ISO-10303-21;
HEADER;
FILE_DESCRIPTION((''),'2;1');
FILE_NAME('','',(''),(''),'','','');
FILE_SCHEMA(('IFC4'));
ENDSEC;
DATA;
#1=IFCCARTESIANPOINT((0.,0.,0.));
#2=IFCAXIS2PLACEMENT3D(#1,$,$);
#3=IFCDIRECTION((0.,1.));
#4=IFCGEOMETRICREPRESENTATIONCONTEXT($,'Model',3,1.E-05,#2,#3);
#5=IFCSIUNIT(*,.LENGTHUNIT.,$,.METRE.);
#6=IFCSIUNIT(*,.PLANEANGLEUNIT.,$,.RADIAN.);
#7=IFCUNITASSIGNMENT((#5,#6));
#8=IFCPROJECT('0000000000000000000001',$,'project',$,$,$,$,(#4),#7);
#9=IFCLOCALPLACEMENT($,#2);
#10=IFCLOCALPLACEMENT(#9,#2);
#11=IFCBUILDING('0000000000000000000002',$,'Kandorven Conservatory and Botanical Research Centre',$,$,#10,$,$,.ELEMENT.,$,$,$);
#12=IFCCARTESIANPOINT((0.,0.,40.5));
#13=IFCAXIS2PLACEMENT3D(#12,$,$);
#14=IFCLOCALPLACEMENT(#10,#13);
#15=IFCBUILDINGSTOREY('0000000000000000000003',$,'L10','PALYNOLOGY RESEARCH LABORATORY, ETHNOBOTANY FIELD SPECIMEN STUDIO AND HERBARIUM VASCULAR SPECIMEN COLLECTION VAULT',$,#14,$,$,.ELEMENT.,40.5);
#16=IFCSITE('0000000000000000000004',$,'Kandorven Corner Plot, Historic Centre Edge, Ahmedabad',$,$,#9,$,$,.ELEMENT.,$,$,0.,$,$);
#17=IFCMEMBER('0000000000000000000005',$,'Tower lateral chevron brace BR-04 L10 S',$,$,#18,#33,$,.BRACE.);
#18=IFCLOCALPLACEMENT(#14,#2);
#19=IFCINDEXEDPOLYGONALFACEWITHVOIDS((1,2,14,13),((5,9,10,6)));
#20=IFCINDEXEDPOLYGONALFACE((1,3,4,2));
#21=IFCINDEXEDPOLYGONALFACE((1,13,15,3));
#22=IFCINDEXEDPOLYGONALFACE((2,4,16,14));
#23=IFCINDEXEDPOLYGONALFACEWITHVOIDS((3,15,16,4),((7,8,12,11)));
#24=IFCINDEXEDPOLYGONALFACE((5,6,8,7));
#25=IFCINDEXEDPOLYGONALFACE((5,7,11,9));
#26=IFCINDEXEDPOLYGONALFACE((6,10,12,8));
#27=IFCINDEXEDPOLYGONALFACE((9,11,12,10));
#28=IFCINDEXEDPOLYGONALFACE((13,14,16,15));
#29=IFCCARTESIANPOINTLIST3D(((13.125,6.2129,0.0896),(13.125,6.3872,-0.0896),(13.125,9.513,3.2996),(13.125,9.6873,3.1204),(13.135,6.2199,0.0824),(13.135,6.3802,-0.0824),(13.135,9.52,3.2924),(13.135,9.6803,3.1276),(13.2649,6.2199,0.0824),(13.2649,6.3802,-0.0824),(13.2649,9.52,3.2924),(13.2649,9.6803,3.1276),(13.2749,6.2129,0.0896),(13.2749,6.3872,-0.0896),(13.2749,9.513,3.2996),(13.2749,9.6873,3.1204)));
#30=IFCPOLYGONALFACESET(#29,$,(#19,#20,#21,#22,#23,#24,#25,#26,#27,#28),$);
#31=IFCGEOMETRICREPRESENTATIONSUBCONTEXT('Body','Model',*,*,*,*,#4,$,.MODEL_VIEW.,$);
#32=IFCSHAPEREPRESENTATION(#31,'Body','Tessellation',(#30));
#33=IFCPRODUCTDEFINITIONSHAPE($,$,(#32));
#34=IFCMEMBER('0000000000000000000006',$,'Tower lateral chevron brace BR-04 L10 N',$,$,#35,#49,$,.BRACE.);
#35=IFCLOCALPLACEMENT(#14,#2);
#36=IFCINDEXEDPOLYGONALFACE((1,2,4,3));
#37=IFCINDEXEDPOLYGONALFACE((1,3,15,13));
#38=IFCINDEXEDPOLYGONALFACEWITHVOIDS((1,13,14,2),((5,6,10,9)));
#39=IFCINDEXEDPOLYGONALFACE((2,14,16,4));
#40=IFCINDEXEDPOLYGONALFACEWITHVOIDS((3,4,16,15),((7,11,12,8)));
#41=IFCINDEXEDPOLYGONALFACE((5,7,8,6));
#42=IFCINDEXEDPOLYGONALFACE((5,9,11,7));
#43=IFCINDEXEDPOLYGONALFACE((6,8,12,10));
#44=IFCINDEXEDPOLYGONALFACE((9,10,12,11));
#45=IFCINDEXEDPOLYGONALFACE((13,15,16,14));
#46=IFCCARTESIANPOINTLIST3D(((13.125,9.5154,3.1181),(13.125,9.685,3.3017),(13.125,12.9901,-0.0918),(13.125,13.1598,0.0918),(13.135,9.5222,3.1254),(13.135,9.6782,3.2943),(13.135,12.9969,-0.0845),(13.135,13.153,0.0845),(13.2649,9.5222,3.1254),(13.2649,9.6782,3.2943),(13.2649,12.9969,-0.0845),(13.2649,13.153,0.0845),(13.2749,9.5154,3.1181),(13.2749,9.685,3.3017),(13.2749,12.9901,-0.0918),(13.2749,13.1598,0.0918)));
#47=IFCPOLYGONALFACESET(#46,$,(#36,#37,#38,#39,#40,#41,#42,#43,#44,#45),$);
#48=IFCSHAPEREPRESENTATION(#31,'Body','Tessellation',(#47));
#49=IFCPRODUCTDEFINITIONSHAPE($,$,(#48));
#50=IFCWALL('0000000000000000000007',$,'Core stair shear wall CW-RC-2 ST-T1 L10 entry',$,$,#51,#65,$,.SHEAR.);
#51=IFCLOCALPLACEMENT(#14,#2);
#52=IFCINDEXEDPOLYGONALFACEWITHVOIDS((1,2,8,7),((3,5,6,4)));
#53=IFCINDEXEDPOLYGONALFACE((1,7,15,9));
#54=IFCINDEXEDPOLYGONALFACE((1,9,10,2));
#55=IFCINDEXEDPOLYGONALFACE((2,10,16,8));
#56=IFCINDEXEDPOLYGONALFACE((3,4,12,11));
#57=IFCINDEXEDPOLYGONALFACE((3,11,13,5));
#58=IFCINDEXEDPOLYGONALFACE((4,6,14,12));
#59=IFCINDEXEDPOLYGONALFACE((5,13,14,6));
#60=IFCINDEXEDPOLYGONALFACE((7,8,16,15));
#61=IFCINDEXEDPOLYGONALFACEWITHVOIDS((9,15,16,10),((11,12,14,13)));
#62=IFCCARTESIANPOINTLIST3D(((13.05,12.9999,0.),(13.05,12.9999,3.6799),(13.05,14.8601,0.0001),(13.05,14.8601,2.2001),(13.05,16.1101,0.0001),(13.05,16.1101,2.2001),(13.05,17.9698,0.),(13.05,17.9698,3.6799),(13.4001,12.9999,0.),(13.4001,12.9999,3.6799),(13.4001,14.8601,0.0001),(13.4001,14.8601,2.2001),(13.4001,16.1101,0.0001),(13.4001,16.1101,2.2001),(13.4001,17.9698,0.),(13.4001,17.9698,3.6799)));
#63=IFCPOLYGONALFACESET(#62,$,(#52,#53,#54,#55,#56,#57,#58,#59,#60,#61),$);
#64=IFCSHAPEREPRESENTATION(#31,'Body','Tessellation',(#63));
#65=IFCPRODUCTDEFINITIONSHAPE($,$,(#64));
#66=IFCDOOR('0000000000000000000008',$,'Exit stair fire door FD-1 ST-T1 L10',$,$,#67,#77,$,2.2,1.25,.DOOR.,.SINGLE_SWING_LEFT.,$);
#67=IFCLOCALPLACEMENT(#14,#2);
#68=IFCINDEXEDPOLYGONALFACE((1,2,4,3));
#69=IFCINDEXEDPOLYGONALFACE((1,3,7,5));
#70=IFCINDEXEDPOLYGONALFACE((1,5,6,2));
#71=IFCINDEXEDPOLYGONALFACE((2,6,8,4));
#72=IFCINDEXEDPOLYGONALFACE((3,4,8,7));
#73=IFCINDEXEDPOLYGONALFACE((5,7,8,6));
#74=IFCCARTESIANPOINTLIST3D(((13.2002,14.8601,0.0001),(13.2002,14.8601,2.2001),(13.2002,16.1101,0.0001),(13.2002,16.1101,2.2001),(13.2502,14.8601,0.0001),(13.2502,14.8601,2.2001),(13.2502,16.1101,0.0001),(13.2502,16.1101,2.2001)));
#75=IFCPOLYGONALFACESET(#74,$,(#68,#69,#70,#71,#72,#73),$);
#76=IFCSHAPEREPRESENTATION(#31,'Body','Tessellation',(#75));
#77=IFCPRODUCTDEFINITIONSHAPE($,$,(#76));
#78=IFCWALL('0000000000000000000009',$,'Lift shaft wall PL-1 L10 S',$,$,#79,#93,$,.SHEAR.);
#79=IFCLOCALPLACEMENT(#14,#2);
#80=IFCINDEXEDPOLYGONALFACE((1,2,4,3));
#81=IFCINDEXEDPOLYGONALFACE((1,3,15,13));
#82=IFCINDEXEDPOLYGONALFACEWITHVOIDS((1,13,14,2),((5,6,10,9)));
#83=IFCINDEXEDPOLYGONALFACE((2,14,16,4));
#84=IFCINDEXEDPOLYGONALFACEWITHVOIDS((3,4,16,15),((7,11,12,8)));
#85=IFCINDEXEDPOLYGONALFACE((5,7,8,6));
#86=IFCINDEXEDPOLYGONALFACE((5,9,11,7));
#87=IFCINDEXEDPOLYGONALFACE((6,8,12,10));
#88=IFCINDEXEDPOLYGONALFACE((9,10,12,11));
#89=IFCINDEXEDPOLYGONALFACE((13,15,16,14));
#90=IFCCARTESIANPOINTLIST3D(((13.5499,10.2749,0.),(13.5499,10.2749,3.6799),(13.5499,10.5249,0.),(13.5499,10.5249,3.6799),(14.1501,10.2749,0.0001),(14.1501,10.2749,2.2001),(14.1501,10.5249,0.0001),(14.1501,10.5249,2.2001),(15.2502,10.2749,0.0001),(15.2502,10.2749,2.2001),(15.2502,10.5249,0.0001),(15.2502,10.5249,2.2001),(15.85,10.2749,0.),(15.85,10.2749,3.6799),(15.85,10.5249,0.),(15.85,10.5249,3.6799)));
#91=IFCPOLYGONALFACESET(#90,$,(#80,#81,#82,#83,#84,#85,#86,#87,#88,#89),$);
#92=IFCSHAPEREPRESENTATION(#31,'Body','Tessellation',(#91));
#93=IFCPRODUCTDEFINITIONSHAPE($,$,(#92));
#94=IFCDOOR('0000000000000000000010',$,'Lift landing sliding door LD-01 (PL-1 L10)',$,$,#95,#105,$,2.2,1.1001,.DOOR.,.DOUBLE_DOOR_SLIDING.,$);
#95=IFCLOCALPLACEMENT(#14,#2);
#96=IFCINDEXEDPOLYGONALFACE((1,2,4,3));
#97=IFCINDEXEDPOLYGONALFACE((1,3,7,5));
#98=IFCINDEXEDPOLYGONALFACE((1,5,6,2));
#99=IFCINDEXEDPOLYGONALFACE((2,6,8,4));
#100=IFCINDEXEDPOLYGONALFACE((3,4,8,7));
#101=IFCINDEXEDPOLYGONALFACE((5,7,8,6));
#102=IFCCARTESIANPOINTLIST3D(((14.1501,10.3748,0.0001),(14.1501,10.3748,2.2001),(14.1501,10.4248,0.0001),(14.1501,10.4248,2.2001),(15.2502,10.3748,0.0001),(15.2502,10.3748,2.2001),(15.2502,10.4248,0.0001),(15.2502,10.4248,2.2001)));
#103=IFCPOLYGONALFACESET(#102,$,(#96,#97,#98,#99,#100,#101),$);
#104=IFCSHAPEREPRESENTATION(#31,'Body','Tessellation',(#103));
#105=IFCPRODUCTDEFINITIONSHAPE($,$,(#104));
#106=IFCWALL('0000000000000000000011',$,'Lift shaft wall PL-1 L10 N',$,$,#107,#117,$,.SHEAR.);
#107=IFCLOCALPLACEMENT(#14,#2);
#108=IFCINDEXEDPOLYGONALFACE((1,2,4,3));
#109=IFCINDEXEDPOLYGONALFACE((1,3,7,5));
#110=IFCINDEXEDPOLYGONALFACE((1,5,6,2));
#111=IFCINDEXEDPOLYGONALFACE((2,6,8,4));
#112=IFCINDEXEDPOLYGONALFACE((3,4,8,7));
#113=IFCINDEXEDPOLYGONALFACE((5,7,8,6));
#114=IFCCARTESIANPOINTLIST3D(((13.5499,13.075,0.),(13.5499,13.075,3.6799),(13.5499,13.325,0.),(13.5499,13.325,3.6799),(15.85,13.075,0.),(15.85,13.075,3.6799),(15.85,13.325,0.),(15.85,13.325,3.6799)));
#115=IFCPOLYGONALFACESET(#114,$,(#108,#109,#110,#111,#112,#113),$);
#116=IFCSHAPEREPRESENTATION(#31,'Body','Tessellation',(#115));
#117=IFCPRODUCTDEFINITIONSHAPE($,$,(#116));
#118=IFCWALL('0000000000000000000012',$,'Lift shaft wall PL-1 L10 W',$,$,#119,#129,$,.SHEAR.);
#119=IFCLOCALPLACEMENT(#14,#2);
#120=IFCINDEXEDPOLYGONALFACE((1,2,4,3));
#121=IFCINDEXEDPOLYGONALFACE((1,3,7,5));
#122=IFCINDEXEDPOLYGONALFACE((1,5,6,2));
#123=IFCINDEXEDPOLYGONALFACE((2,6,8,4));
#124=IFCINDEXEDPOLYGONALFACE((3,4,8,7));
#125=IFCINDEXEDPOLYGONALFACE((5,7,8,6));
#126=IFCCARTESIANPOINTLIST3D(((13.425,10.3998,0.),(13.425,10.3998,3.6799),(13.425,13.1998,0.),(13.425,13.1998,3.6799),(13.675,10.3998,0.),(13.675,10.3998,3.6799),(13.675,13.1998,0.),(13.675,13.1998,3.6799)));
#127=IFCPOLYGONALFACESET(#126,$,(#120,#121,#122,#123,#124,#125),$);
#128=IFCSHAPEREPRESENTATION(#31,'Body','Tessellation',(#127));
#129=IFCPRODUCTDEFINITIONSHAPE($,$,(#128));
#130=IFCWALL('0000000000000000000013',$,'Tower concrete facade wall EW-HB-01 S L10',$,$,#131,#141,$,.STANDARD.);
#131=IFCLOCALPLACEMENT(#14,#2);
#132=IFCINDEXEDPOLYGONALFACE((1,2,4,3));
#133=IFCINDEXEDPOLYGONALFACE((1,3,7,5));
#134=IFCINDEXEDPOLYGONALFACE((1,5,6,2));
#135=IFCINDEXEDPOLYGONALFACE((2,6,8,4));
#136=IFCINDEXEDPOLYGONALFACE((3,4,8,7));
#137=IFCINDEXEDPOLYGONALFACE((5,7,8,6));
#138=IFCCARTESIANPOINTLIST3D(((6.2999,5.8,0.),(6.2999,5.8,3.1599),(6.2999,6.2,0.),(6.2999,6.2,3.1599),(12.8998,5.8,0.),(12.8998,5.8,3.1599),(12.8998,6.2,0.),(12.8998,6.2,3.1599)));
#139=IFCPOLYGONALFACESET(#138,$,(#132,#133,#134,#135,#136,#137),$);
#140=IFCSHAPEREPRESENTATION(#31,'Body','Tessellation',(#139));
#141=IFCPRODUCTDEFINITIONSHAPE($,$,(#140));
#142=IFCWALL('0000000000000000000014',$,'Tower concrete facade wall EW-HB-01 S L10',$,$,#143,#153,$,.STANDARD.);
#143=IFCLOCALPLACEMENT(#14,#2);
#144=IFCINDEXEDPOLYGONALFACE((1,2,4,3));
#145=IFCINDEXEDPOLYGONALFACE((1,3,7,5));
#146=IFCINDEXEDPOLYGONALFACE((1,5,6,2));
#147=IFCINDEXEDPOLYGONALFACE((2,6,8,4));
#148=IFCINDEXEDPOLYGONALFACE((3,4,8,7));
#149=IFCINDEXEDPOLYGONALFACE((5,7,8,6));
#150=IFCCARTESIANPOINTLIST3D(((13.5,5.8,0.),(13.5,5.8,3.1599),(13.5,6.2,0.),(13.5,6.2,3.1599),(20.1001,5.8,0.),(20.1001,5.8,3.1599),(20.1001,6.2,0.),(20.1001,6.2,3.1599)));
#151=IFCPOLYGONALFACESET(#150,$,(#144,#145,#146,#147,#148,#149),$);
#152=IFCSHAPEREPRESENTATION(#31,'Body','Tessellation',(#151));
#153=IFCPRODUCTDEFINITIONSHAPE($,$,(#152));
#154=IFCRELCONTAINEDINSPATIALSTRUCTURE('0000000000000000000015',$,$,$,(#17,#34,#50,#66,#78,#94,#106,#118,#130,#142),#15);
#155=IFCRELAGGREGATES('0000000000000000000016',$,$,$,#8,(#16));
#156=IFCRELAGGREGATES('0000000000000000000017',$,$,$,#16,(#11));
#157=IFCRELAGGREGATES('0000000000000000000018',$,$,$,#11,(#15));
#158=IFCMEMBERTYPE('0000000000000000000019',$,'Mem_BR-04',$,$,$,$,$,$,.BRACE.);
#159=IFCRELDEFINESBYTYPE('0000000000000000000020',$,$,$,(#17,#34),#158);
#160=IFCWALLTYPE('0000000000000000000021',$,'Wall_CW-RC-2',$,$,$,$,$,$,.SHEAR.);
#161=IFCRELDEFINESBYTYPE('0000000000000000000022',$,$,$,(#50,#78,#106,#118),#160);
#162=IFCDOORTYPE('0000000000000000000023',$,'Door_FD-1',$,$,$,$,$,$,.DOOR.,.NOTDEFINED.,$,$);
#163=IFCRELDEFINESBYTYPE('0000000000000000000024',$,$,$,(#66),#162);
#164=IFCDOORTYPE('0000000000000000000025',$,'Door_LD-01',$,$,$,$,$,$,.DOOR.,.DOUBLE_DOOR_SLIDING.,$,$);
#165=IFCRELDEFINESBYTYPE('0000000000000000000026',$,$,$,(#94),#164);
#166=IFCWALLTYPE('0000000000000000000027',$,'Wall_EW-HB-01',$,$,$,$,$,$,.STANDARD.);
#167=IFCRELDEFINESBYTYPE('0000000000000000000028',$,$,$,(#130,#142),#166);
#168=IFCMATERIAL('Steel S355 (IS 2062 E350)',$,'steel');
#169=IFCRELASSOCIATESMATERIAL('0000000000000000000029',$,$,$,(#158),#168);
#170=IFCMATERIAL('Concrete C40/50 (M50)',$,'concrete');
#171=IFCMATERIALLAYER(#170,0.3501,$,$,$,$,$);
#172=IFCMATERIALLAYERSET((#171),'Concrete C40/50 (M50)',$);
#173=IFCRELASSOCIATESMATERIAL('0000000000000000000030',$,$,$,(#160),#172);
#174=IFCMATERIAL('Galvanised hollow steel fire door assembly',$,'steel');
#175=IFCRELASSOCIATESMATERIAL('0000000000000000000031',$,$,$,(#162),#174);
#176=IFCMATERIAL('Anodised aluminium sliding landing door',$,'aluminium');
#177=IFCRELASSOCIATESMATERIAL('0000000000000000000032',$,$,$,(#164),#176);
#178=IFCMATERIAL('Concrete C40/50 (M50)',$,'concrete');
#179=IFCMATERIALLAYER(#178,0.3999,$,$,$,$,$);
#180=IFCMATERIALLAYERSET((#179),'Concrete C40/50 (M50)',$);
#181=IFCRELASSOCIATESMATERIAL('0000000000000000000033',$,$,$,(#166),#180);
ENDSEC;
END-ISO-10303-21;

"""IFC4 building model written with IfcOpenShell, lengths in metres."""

from ifc_helpers import new_model, si_unit, direction, frame, frame_2d, origin, origin_2d, place, context, subcontext, project, spatial, rectangle, hollow_rectangle, extrude, material, layer, layer_set, material_profile, profile_set, type_object, element, fill, save


model = new_model("IFC4")

# Units and contexts
model_context = context("Model", 3, precision=1e-05, world=origin(), true_north=direction((0.0, 1.0)))
body_context = subcontext(model_context, "Body", "Model", "MODEL_VIEW")
ifc_project = project(units=[si_unit("LENGTHUNIT", "METRE"), si_unit("PLANEANGLEUNIT", "RADIAN")], contexts=[model_context])

# Site, building, storey
site_placement = place(None, origin())
site = spatial("IfcSite", under=ifc_project, at=site_placement, Name="Kandorven Corner Plot, Historic Centre Edge, Ahmedabad", CompositionType="ELEMENT", RefElevation=0.0)
building_placement = place(site_placement, origin())
building = spatial("IfcBuilding", under=site, at=building_placement, Name="Kandorven Conservatory and Botanical Research Centre", CompositionType="ELEMENT")
storey_placement = place(building_placement, frame((0.0, 0.0, 40.5)))
storey = spatial("IfcBuildingStorey", under=building, at=storey_placement, Name="L10", Description="PALYNOLOGY RESEARCH LABORATORY, ETHNOBOTANY FIELD SPECIMEN STUDIO AND HERBARIUM VASCULAR SPECIMEN COLLECTION VAULT", CompositionType="ELEMENT", Elevation=40.5)

# Members
ifc_material_1 = material(Name="Steel S355 (IS 2062 E350)", Category="steel")
ifc_material_profile_1 = material_profile(ifc_material_1, hollow_rectangle(XDim=0.1499, YDim=0.25, WallThickness=0.01, at=origin_2d()))
ifc_profile_set_1 = profile_set([ifc_material_profile_1], Name="Steel S355 (IS 2062 E350)")
member_type_1 = type_object("IfcMemberType", Name="Mem_BR-04", PredefinedType="BRACE", material=ifc_profile_set_1)
member_1_placement = place(storey_placement, frame((13.2, 6.3, 0.0), z_axis=(0.0, 0.716823, 0.697255), x_axis=(-1.0, 0.0, 0.0)))
element("IfcMember", 1, at=member_1_placement, inside=storey, type_object=member_type_1, Name="Tower lateral chevron brace BR-04 L10 S", PredefinedType="BRACE", context=body_context, shape_type="SweptSolid", body=[
    extrude(hollow_rectangle(XDim=0.1499, YDim=0.25, WallThickness=0.01, at=origin_2d()), origin(), (0.0, 0.0, 1.0), 4.6038),
])
member_2_placement = place(storey_placement, frame((13.2, 13.075, 0.0), z_axis=(0.0, -0.73455, 0.678554), x_axis=(1.0, 0.0, 0.0)))
element("IfcMember", 2, at=member_2_placement, inside=storey, type_object=member_type_1, Name="Tower lateral chevron brace BR-04 L10 N", PredefinedType="BRACE", context=body_context, shape_type="SweptSolid", body=[
    extrude(hollow_rectangle(XDim=0.1499, YDim=0.25, WallThickness=0.01, at=origin_2d()), origin(), (0.0, 0.0, 1.0), 4.7305),
])

# Walls, openings, doors
ifc_material_2 = material(Name="Concrete C40/50 (M50)", Category="concrete")
ifc_layer_1 = layer(ifc_material_2, 0.3501)
ifc_layer_set_1 = layer_set([ifc_layer_1], Name="Concrete C40/50 (M50)")
wall_type_1 = type_object("IfcWallType", Name="Wall_CW-RC-2", PredefinedType="SHEAR", material=ifc_layer_set_1)
wall_1_placement = place(storey_placement, frame((13.2251, 13.0, 0.0), z_axis=(0.0, 0.0, 1.0), x_axis=(0.0, 1.0, 0.0)))
wall_1 = element("IfcWall", 3, at=wall_1_placement, inside=storey, type_object=wall_type_1, Name="Core stair shear wall CW-RC-2 ST-T1 L10 entry", PredefinedType="SHEAR", context=body_context, shape_type="SweptSolid", body=[
    extrude(rectangle(XDim=4.97, YDim=0.3501, at=frame_2d((2.4849, 0.0))), origin(), (0.0, 0.0, 1.0), 3.6799),
])
opening_1_placement = place(wall_1_placement, frame((1.8601, 0.0, 0.0)))
opening_1 = element("IfcOpeningElement", 4, at=opening_1_placement, cuts=wall_1, PredefinedType="OPENING", context=body_context, shape_type="SweptSolid", body=[
    extrude(rectangle(XDim=1.25, YDim=2.2, at=frame_2d((0.625, 1.1001))), frame((0.0, 0.1851, 0.0), z_axis=(0.0, -1.0, 0.0), x_axis=(1.0, 0.0, 0.0)), (0.0, 0.0, 1.0), 0.3701),
])
ifc_material_3 = material(Name="Galvanised hollow steel fire door assembly", Category="steel")
door_type_1 = type_object("IfcDoorType", Name="Door_FD-1", OperationType="NOTDEFINED", PredefinedType="DOOR", material=ifc_material_3)
door_1_placement = place(opening_1_placement, origin())
door_1 = element("IfcDoor", 5, at=door_1_placement, inside=storey, type_object=door_type_1, Name="Exit stair fire door FD-1 ST-T1 L10", OperationType="SINGLE_SWING_LEFT", OverallHeight=2.2, OverallWidth=1.25, PredefinedType="DOOR", context=body_context, shape_type="SweptSolid", body=[
    extrude(rectangle(XDim=1.25, YDim=2.2, at=frame_2d((0.625, 1.1001))), frame((0.0, 0.0249, 0.0), z_axis=(0.0, -1.0, 0.0), x_axis=(1.0, 0.0, 0.0)), (0.0, 0.0, 1.0), 0.05),
])
fill(opening_1, door_1)
wall_2_placement = place(storey_placement, frame((13.55, 10.3999, 0.0), z_axis=(0.0, 0.0, 1.0), x_axis=(1.0, 0.0, 0.0)))
wall_2 = element("IfcWall", 6, at=wall_2_placement, inside=storey, type_object=wall_type_1, Name="Lift shaft wall PL-1 L10 S", PredefinedType="SHEAR", context=body_context, shape_type="SweptSolid", body=[
    extrude(rectangle(XDim=2.3, YDim=0.25, at=frame_2d((1.1499, 0.0))), origin(), (0.0, 0.0, 1.0), 3.6799),
])
opening_2_placement = place(wall_2_placement, frame((0.6001, 0.0, 0.0)))
opening_2 = element("IfcOpeningElement", 7, at=opening_2_placement, cuts=wall_2, PredefinedType="OPENING", context=body_context, shape_type="SweptSolid", body=[
    extrude(rectangle(XDim=1.1001, YDim=2.2, at=frame_2d((0.55, 1.1001))), frame((0.0, 0.135, 0.0), z_axis=(0.0, -1.0, 0.0), x_axis=(1.0, 0.0, 0.0)), (0.0, 0.0, 1.0), 0.27),
])
ifc_material_4 = material(Name="Anodised aluminium sliding landing door", Category="aluminium")
door_type_2 = type_object("IfcDoorType", Name="Door_LD-01", OperationType="DOUBLE_DOOR_SLIDING", PredefinedType="DOOR", material=ifc_material_4)
door_2_placement = place(opening_2_placement, origin())
door_2 = element("IfcDoor", 8, at=door_2_placement, inside=storey, type_object=door_type_2, Name="Lift landing sliding door LD-01 (PL-1 L10)", OperationType="DOUBLE_DOOR_SLIDING", OverallHeight=2.2, OverallWidth=1.1001, PredefinedType="DOOR", context=body_context, shape_type="SweptSolid", body=[
    extrude(rectangle(XDim=1.1001, YDim=2.2, at=frame_2d((0.55, 1.1001))), frame((0.0, 0.0249, 0.0), z_axis=(0.0, -1.0, 0.0), x_axis=(1.0, 0.0, 0.0)), (0.0, 0.0, 1.0), 0.05),
])
fill(opening_2, door_2)

# Walls
wall_3_placement = place(storey_placement, frame((13.55, 13.2, 0.0), z_axis=(0.0, 0.0, 1.0), x_axis=(1.0, 0.0, 0.0)))
element("IfcWall", 9, at=wall_3_placement, inside=storey, type_object=wall_type_1, Name="Lift shaft wall PL-1 L10 N", PredefinedType="SHEAR", context=body_context, shape_type="SweptSolid", body=[
    extrude(rectangle(XDim=2.3, YDim=0.25, at=frame_2d((1.1499, 0.0))), origin(), (0.0, 0.0, 1.0), 3.6799),
])
wall_4_placement = place(storey_placement, frame((13.55, 10.3999, 0.0), z_axis=(0.0, 0.0, 1.0), x_axis=(0.0, 1.0, 0.0)))
element("IfcWall", 10, at=wall_4_placement, inside=storey, type_object=wall_type_1, Name="Lift shaft wall PL-1 L10 W", PredefinedType="SHEAR", context=body_context, shape_type="SweptSolid", body=[
    extrude(rectangle(XDim=2.8, YDim=0.25, at=frame_2d((1.3999, 0.0))), origin(), (0.0, 0.0, 1.0), 3.6799),
])
ifc_material_5 = material(Name="Concrete C40/50 (M50)", Category="concrete")
ifc_layer_2 = layer(ifc_material_5, 0.3999)
ifc_layer_set_2 = layer_set([ifc_layer_2], Name="Concrete C40/50 (M50)")
wall_type_2 = type_object("IfcWallType", Name="Wall_EW-HB-01", PredefinedType="STANDARD", material=ifc_layer_set_2)
wall_5_placement = place(storey_placement, frame((6.3, 6.0, 0.0), z_axis=(0.0, 0.0, 1.0), x_axis=(1.0, 0.0, 0.0)))
element("IfcWall", 11, at=wall_5_placement, inside=storey, type_object=wall_type_2, Name="Tower concrete facade wall EW-HB-01 S L10", PredefinedType="STANDARD", context=body_context, shape_type="SweptSolid", body=[
    extrude(rectangle(XDim=6.5999, YDim=0.3999, at=frame_2d((3.2998, 0.0))), origin(), (0.0, 0.0, 1.0), 3.1599),
])
wall_6_placement = place(storey_placement, frame((13.5, 6.0, 0.0), z_axis=(0.0, 0.0, 1.0), x_axis=(1.0, 0.0, 0.0)))
element("IfcWall", 12, at=wall_6_placement, inside=storey, type_object=wall_type_2, Name="Tower concrete facade wall EW-HB-01 S L10", PredefinedType="STANDARD", context=body_context, shape_type="SweptSolid", body=[
    extrude(rectangle(XDim=6.6001, YDim=0.3999, at=frame_2d((3.3, 0.0))), origin(), (0.0, 0.0, 1.0), 3.1599),
])

save(model, "model.ifc")
